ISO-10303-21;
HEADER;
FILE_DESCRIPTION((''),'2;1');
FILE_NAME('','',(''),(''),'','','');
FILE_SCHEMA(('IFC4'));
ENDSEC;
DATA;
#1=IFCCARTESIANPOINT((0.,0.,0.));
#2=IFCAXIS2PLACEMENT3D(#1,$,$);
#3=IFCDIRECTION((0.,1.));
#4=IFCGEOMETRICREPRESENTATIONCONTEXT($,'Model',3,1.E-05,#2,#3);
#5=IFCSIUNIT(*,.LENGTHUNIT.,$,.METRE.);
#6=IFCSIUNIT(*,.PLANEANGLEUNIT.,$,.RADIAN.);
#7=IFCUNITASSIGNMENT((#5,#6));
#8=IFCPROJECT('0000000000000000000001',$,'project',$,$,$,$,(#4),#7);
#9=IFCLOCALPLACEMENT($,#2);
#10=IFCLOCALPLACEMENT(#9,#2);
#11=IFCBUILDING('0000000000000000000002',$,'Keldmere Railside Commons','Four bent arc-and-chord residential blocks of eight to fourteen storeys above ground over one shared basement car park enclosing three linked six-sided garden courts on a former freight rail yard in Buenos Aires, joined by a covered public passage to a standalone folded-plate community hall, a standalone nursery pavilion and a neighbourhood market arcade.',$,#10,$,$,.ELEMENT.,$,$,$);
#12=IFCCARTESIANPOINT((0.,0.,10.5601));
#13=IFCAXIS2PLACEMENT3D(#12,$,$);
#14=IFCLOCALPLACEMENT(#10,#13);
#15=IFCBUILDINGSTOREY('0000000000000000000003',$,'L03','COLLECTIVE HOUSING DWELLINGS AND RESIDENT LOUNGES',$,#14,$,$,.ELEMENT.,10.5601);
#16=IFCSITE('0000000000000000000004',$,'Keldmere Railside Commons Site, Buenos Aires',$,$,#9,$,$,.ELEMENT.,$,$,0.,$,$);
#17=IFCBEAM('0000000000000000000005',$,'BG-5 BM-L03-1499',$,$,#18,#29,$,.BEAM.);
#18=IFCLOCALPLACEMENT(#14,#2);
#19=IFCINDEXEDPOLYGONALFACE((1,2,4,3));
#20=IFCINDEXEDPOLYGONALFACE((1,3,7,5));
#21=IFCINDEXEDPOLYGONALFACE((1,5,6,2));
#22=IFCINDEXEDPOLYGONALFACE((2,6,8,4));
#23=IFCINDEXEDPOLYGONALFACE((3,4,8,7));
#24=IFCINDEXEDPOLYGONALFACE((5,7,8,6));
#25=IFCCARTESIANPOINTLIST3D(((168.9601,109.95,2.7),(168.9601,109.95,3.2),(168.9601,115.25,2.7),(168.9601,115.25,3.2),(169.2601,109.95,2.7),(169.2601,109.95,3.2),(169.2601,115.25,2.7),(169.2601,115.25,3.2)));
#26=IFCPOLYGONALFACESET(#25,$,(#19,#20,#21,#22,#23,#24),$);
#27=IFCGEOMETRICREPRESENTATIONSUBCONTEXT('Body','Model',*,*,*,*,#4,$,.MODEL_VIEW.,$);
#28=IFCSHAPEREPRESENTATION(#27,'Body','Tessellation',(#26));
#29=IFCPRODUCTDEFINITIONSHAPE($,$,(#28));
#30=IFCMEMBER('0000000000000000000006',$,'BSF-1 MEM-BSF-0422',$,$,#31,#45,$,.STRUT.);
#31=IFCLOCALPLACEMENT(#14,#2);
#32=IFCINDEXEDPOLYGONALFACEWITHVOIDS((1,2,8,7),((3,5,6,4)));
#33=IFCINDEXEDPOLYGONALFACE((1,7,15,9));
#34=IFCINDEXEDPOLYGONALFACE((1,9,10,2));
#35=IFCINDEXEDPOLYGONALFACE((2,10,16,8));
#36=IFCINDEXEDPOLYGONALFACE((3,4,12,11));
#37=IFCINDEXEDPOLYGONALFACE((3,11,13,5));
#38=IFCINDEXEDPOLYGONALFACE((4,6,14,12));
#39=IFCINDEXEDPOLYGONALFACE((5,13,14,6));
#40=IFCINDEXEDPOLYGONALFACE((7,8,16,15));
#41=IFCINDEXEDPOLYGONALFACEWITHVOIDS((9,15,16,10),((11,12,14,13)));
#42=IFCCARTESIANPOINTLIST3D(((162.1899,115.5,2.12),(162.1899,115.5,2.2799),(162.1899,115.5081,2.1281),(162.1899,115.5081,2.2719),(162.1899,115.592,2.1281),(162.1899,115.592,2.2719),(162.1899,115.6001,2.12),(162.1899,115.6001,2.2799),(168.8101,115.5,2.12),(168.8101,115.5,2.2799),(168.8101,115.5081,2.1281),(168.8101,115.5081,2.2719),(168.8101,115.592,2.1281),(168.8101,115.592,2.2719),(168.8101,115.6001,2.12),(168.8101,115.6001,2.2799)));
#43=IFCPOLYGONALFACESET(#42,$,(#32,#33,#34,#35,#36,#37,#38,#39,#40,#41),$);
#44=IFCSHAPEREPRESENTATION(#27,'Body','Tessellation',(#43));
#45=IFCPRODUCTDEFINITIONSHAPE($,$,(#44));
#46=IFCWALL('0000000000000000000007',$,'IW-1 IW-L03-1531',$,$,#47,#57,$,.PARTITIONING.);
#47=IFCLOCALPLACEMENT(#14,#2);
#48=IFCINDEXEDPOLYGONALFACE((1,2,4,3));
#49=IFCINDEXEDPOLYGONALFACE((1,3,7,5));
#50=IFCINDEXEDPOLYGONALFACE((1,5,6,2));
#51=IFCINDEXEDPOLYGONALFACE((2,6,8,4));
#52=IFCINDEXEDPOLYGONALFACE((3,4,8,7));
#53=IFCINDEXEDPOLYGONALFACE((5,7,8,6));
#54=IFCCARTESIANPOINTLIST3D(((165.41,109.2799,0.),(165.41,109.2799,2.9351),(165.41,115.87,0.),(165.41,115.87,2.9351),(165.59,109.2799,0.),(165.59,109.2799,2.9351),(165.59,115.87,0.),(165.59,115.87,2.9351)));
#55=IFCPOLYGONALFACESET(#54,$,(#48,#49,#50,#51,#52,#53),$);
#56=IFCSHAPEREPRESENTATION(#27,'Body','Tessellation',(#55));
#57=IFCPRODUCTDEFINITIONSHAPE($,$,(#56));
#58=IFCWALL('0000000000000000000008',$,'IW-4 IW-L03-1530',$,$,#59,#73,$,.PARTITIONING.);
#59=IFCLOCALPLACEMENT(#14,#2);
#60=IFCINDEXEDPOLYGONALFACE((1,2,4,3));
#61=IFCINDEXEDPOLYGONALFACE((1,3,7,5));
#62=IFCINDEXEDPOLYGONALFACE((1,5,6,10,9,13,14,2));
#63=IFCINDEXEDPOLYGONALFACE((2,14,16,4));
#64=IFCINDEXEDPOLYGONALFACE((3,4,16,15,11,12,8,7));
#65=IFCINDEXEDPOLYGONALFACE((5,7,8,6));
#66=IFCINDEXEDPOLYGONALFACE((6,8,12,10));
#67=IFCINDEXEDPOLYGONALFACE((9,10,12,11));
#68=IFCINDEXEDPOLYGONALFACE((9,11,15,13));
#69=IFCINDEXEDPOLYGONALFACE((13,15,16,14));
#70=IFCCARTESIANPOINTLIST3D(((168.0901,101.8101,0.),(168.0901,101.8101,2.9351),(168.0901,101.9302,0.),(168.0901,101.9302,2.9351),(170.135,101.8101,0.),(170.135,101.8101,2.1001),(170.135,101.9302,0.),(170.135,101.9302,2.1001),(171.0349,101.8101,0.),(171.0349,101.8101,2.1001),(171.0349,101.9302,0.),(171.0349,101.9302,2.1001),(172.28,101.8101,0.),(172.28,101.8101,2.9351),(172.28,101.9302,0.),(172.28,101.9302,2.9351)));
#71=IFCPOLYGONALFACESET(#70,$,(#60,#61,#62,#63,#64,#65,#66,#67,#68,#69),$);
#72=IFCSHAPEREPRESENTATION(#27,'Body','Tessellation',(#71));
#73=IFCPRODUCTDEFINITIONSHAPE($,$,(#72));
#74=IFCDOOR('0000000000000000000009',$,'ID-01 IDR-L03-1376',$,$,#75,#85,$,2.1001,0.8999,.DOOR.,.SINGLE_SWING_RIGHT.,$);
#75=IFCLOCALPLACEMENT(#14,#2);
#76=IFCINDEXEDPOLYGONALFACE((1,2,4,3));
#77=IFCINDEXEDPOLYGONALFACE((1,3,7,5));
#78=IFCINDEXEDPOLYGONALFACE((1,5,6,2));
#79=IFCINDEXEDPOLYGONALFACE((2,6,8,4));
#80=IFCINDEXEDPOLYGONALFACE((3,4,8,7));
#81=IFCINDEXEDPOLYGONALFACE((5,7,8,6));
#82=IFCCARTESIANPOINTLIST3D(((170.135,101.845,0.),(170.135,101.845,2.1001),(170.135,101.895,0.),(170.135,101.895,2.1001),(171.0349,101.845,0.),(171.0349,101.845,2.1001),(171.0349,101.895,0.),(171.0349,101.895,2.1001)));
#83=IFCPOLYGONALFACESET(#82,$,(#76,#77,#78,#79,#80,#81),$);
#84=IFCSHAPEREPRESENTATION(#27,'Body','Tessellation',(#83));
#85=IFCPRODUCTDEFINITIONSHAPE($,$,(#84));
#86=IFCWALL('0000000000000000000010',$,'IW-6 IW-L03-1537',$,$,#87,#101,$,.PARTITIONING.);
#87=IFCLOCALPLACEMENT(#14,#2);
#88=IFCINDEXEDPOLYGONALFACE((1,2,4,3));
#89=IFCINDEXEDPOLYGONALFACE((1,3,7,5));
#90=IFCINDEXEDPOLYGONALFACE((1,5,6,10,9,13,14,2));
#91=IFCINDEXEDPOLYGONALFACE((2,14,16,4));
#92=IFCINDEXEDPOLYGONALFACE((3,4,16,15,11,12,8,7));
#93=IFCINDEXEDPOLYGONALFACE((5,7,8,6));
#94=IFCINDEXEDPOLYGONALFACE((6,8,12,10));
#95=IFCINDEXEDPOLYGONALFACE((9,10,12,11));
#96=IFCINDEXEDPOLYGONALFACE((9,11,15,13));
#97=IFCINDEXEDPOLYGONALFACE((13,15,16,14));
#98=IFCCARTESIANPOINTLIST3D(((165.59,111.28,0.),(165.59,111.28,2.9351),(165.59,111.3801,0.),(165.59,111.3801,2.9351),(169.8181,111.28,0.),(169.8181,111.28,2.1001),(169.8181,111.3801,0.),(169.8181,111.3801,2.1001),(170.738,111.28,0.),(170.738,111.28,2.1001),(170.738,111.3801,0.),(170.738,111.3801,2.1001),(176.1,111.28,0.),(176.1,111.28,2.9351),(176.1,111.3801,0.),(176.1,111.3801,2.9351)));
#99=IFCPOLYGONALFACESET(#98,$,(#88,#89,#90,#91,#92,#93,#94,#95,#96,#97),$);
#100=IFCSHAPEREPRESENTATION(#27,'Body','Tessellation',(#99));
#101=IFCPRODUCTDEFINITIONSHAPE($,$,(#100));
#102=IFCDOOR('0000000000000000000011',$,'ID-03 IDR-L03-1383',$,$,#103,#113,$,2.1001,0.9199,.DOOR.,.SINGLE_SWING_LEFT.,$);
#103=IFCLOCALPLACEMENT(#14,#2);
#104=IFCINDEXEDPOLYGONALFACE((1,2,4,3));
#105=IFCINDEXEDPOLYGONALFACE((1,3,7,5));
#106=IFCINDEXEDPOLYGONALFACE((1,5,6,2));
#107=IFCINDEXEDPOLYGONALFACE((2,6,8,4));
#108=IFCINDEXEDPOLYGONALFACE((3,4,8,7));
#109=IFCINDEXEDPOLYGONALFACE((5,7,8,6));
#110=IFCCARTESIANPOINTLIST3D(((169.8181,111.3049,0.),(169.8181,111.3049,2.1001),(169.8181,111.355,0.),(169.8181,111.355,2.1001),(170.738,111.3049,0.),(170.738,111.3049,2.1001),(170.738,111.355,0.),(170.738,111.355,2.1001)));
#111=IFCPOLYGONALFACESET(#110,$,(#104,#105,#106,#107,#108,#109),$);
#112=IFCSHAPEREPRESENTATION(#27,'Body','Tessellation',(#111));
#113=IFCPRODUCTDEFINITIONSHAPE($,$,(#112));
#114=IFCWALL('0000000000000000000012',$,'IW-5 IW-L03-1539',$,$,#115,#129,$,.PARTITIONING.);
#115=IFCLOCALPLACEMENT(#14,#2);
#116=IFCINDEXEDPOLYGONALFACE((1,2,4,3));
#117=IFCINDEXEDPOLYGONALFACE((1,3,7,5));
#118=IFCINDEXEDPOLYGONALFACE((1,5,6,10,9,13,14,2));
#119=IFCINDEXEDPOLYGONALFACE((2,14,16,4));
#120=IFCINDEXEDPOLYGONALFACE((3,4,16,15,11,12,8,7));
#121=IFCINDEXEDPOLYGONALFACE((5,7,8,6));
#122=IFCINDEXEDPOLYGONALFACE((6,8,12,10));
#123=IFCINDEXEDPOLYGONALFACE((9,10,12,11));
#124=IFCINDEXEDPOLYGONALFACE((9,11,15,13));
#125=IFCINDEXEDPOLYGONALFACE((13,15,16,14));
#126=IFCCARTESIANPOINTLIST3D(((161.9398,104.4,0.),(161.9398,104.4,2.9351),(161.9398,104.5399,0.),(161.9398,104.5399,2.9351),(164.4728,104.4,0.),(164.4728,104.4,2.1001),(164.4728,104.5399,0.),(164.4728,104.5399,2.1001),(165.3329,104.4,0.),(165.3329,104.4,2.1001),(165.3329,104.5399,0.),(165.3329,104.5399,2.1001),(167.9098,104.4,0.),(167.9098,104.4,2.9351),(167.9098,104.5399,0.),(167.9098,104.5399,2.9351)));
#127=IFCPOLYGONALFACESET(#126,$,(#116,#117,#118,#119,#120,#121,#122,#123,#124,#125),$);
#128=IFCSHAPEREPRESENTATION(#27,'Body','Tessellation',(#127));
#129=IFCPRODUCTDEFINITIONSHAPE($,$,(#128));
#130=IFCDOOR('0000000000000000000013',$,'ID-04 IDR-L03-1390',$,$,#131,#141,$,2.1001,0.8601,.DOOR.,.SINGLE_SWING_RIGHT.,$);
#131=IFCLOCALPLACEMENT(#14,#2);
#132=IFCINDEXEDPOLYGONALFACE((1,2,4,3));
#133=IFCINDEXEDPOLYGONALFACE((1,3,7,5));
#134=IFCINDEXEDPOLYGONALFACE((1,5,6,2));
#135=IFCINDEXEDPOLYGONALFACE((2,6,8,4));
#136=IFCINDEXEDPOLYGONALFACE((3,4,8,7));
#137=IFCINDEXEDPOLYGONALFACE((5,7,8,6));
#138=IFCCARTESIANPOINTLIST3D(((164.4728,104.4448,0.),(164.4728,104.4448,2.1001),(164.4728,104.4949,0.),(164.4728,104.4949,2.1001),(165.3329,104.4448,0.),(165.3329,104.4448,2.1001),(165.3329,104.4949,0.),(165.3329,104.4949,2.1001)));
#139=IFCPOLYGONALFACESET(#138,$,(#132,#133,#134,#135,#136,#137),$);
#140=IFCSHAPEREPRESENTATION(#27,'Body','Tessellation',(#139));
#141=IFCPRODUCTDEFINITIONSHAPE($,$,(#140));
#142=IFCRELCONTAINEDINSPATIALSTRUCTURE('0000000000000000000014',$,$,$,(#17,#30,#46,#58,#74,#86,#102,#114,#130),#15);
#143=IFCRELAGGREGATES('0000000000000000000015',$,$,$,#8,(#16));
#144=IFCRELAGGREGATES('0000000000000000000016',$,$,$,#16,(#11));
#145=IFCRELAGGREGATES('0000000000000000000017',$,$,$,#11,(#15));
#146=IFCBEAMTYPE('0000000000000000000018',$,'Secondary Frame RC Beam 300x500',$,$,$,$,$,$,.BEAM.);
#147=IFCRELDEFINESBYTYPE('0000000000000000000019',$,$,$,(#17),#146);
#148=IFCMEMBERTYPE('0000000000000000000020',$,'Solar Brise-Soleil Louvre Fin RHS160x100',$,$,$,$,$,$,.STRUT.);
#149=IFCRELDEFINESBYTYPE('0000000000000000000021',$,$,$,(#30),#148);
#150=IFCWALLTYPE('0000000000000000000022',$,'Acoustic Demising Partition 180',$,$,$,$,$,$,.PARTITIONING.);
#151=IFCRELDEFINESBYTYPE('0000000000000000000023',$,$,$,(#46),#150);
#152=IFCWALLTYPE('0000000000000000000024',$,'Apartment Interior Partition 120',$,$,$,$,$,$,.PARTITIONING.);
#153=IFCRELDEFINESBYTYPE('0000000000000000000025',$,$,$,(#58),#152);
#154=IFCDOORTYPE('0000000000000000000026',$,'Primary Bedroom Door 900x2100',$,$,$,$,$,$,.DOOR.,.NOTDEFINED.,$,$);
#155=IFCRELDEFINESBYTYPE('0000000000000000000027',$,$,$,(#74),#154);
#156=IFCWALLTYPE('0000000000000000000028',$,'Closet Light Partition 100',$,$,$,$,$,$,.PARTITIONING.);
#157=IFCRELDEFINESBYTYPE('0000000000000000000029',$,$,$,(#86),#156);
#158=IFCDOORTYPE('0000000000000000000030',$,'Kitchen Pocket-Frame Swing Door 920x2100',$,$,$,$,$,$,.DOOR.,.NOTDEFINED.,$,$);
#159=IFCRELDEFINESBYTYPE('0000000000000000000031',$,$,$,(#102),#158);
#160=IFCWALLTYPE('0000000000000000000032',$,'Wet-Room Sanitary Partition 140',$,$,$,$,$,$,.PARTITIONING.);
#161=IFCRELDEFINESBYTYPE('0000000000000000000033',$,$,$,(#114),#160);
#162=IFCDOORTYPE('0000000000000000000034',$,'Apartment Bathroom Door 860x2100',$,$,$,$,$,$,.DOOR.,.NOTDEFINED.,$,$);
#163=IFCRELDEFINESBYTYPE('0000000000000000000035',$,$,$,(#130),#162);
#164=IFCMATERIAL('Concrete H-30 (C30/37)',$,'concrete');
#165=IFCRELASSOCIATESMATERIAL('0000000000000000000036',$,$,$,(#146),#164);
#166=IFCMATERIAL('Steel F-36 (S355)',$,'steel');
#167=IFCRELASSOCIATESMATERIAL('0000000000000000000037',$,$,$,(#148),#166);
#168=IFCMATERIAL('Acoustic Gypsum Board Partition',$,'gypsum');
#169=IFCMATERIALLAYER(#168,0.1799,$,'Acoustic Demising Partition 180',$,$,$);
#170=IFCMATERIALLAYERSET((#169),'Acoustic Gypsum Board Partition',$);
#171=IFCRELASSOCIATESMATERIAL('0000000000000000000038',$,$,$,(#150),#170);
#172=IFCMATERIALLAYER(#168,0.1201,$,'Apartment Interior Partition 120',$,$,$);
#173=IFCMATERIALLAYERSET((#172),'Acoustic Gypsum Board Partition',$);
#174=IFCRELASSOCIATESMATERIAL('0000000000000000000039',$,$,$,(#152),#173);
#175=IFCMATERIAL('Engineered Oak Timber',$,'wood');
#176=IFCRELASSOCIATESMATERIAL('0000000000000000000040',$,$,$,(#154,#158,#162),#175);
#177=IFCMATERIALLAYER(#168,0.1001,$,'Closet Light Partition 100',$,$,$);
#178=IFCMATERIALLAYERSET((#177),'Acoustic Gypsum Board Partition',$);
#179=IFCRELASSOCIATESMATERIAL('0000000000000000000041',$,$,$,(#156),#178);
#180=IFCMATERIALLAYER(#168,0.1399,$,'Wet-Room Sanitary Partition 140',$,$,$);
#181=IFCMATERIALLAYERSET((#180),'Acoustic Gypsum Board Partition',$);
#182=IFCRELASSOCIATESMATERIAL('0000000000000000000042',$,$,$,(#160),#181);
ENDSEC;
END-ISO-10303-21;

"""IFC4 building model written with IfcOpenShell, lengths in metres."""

from ifc_helpers import new_model, si_unit, direction, frame, frame_2d, origin, origin_2d, place, context, subcontext, project, spatial, rectangle, hollow_rectangle, extrude, material, layer, layer_set, material_profile, profile_set, type_object, element, fill, save


model = new_model("IFC4")

# Units and contexts
model_context = context("Model", 3, precision=1e-05, world=origin(), true_north=direction((0.0, 1.0)))
body_context = subcontext(model_context, "Body", "Model", "MODEL_VIEW")
ifc_project = project(units=[si_unit("LENGTHUNIT", "METRE"), si_unit("PLANEANGLEUNIT", "RADIAN")], contexts=[model_context])

# Site, building, storey
site_placement = place(None, origin())
site = spatial("IfcSite", under=ifc_project, at=site_placement, Name="Keldmere Railside Commons Site, Buenos Aires", CompositionType="ELEMENT", RefElevation=0.0)
building_placement = place(site_placement, origin())
building = spatial("IfcBuilding", under=site, at=building_placement, Name="Keldmere Railside Commons", Description="Four bent arc-and-chord residential blocks of eight to fourteen storeys above ground over one shared basement car park enclosing three linked six-sided garden courts on a former freight rail yard in Buenos Aires, joined by a covered public passage to a standalone folded-plate community hall, a standalone nursery pavilion and a neighbourhood market arcade.", CompositionType="ELEMENT")
storey_placement = place(building_placement, frame((0.0, 0.0, 10.5601)))
storey = spatial("IfcBuildingStorey", under=building, at=storey_placement, Name="L03", Description="COLLECTIVE HOUSING DWELLINGS AND RESIDENT LOUNGES", CompositionType="ELEMENT", Elevation=10.5601)

# Shared definitions
ifc_material_1 = material(Name="Steel F-36 (S355)", Category="steel")

# Beam
ifc_material_2 = material(Name="Concrete H-30 (C30/37)", Category="concrete")
ifc_material_profile_1 = material_profile(ifc_material_2, rectangle(XDim=0.3, YDim=0.5, at=origin_2d()), Name="RC-300x500")
ifc_profile_set_1 = profile_set([ifc_material_profile_1], Name="Concrete H-30 (C30/37)")
beam_type_1 = type_object("IfcBeamType", Name="Secondary Frame RC Beam 300x500", PredefinedType="BEAM", material=ifc_profile_set_1)
beam_1_placement = place(storey_placement, frame((169.1101, 109.95, 2.95), z_axis=(0.0, 1.0, 0.0), x_axis=(-1.0, 0.0, 0.0)))
element("IfcBeam", 1, at=beam_1_placement, inside=storey, type_object=beam_type_1, Name="BG-5 BM-L03-1499", PredefinedType="BEAM", context=body_context, shape_type="SweptSolid", body=[
    extrude(rectangle(XDim=0.3, YDim=0.5, at=origin_2d()), origin(), (0.0, 0.0, 1.0), 5.3),
])

# Member
ifc_material_profile_2 = material_profile(ifc_material_1, hollow_rectangle(XDim=0.1001, YDim=0.1599, WallThickness=0.0081, at=origin_2d()), Name="RHS-160x100x8")
ifc_profile_set_2 = profile_set([ifc_material_profile_2], Name="Steel F-36 (S355)")
member_type_1 = type_object("IfcMemberType", Name="Solar Brise-Soleil Louvre Fin RHS160x100", PredefinedType="STRUT", material=ifc_profile_set_2)
member_placement = place(storey_placement, frame((162.1899, 115.55, 2.2), z_axis=(1.0, 0.0, 0.0), x_axis=(0.0, 1.0, 0.0)))
element("IfcMember", 2, at=member_placement, inside=storey, type_object=member_type_1, Name="BSF-1 MEM-BSF-0422", PredefinedType="STRUT", context=body_context, shape_type="SweptSolid", body=[
    extrude(hollow_rectangle(XDim=0.1001, YDim=0.1599, WallThickness=0.0081, at=origin_2d()), origin(), (0.0, 0.0, 1.0), 6.6201),
])

# Wall
ifc_material_3 = material(Name="Acoustic Gypsum Board Partition", Category="gypsum")
ifc_layer_1 = layer(ifc_material_3, 0.1799, Name="Acoustic Demising Partition 180")
ifc_layer_set_1 = layer_set([ifc_layer_1], Name="Acoustic Gypsum Board Partition")
wall_type_1 = type_object("IfcWallType", Name="Acoustic Demising Partition 180", PredefinedType="PARTITIONING", material=ifc_layer_set_1)
wall_1_placement = place(storey_placement, frame((165.5, 109.28, 0.0), z_axis=(0.0, 0.0, 1.0), x_axis=(0.0, 1.0, 0.0)))
element("IfcWall", 3, at=wall_1_placement, inside=storey, type_object=wall_type_1, Name="IW-1 IW-L03-1531", PredefinedType="PARTITIONING", context=body_context, shape_type="SweptSolid", body=[
    extrude(rectangle(XDim=6.5901, YDim=0.1799, at=frame_2d((3.2949, 0.0))), origin(), (0.0, 0.0, 1.0), 2.9351),
])

# Walls, openings, doors
ifc_layer_2 = layer(ifc_material_3, 0.1201, Name="Apartment Interior Partition 120")
ifc_layer_set_2 = layer_set([ifc_layer_2], Name="Acoustic Gypsum Board Partition")
wall_type_2 = type_object("IfcWallType", Name="Apartment Interior Partition 120", PredefinedType="PARTITIONING", material=ifc_layer_set_2)
wall_2_placement = place(storey_placement, frame((168.0901, 101.8701, 0.0), z_axis=(0.0, 0.0, 1.0), x_axis=(1.0, 0.0, 0.0)))
wall_2 = element("IfcWall", 4, at=wall_2_placement, inside=storey, type_object=wall_type_2, Name="IW-4 IW-L03-1530", PredefinedType="PARTITIONING", context=body_context, shape_type="SweptSolid", body=[
    extrude(rectangle(XDim=4.1899, YDim=0.1201, at=frame_2d((2.095, 0.0))), origin(), (0.0, 0.0, 1.0), 2.9351),
])
opening_1_placement = place(wall_2_placement, frame((2.0449, 0.0, 0.0)))
opening_1 = element("IfcOpeningElement", 5, at=opening_1_placement, cuts=wall_2, PredefinedType="OPENING", context=body_context, shape_type="SweptSolid", body=[
    extrude(rectangle(XDim=0.8999, YDim=2.1001, at=frame_2d((0.45, 1.05))), frame((0.0, 0.0701, 0.0), z_axis=(0.0, -1.0, 0.0), x_axis=(1.0, 0.0, 0.0)), (0.0, 0.0, 1.0), 0.1401),
])
ifc_material_4 = material(Name="Engineered Oak Timber", Category="wood")
door_type_1 = type_object("IfcDoorType", Name="Primary Bedroom Door 900x2100", OperationType="NOTDEFINED", PredefinedType="DOOR", material=ifc_material_4)
door_1_placement = place(opening_1_placement, origin())
door_1 = element("IfcDoor", 6, at=door_1_placement, inside=storey, type_object=door_type_1, Name="ID-01 IDR-L03-1376", OperationType="SINGLE_SWING_RIGHT", OverallHeight=2.1001, OverallWidth=0.8999, PredefinedType="DOOR", context=body_context, shape_type="SweptSolid", body=[
    extrude(rectangle(XDim=0.8999, YDim=2.1001, at=frame_2d((0.45, 1.05))), frame((0.0, 0.0249, 0.0), z_axis=(0.0, -1.0, 0.0), x_axis=(1.0, 0.0, 0.0)), (0.0, 0.0, 1.0), 0.05),
])
fill(opening_1, door_1)
ifc_layer_3 = layer(ifc_material_3, 0.1001, Name="Closet Light Partition 100")
ifc_layer_set_3 = layer_set([ifc_layer_3], Name="Acoustic Gypsum Board Partition")
wall_type_3 = type_object("IfcWallType", Name="Closet Light Partition 100", PredefinedType="PARTITIONING", material=ifc_layer_set_3)
wall_3_placement = place(storey_placement, frame((165.5901, 111.3301, 0.0), z_axis=(0.0, 0.0, 1.0), x_axis=(1.0, 0.0, 0.0)))
wall_3 = element("IfcWall", 7, at=wall_3_placement, inside=storey, type_object=wall_type_3, Name="IW-6 IW-L03-1537", PredefinedType="PARTITIONING", context=body_context, shape_type="SweptSolid", body=[
    extrude(rectangle(XDim=10.51, YDim=0.1001, at=frame_2d((5.2549, 0.0))), origin(), (0.0, 0.0, 1.0), 2.9351),
])
opening_2_placement = place(wall_3_placement, frame((4.228, 0.0, 0.0)))
opening_2 = element("IfcOpeningElement", 8, at=opening_2_placement, cuts=wall_3, PredefinedType="OPENING", context=body_context, shape_type="SweptSolid", body=[
    extrude(rectangle(XDim=0.9199, YDim=2.1001, at=frame_2d((0.46, 1.05))), frame((0.0, 0.0601, 0.0), z_axis=(0.0, -1.0, 0.0), x_axis=(1.0, 0.0, 0.0)), (0.0, 0.0, 1.0), 0.1201),
])
door_type_2 = type_object("IfcDoorType", Name="Kitchen Pocket-Frame Swing Door 920x2100", OperationType="NOTDEFINED", PredefinedType="DOOR", material=ifc_material_4)
door_2_placement = place(opening_2_placement, origin())
door_2 = element("IfcDoor", 9, at=door_2_placement, inside=storey, type_object=door_type_2, Name="ID-03 IDR-L03-1383", OperationType="SINGLE_SWING_LEFT", OverallHeight=2.1001, OverallWidth=0.9199, PredefinedType="DOOR", context=body_context, shape_type="SweptSolid", body=[
    extrude(rectangle(XDim=0.9199, YDim=2.1001, at=frame_2d((0.46, 1.05))), frame((0.0, 0.0249, 0.0), z_axis=(0.0, -1.0, 0.0), x_axis=(1.0, 0.0, 0.0)), (0.0, 0.0, 1.0), 0.05),
])
fill(opening_2, door_2)
ifc_layer_4 = layer(ifc_material_3, 0.1399, Name="Wet-Room Sanitary Partition 140")
ifc_layer_set_4 = layer_set([ifc_layer_4], Name="Acoustic Gypsum Board Partition")
wall_type_4 = type_object("IfcWallType", Name="Wet-Room Sanitary Partition 140", PredefinedType="PARTITIONING", material=ifc_layer_set_4)
wall_4_placement = place(storey_placement, frame((161.9399, 104.47, 0.0), z_axis=(0.0, 0.0, 1.0), x_axis=(1.0, 0.0, 0.0)))
wall_4 = element("IfcWall", 10, at=wall_4_placement, inside=storey, type_object=wall_type_4, Name="IW-5 IW-L03-1539", PredefinedType="PARTITIONING", context=body_context, shape_type="SweptSolid", body=[
    extrude(rectangle(XDim=5.97, YDim=0.1399, at=frame_2d((2.9849, 0.0))), origin(), (0.0, 0.0, 1.0), 2.9351),
])
opening_3_placement = place(wall_4_placement, frame((2.5327, 0.0, 0.0)))
opening_3 = element("IfcOpeningElement", 11, at=opening_3_placement, cuts=wall_4, PredefinedType="OPENING", context=body_context, shape_type="SweptSolid", body=[
    extrude(rectangle(XDim=0.8601, YDim=2.1001, at=frame_2d((0.4302, 1.05))), frame((0.0, 0.0798, 0.0), z_axis=(0.0, -1.0, 0.0), x_axis=(1.0, 0.0, 0.0)), (0.0, 0.0, 1.0), 0.1599),
])
door_type_3 = type_object("IfcDoorType", Name="Apartment Bathroom Door 860x2100", OperationType="NOTDEFINED", PredefinedType="DOOR", material=ifc_material_4)
door_3_placement = place(opening_3_placement, origin())
door_3 = element("IfcDoor", 12, at=door_3_placement, inside=storey, type_object=door_type_3, Name="ID-04 IDR-L03-1390", OperationType="SINGLE_SWING_RIGHT", OverallHeight=2.1001, OverallWidth=0.8601, PredefinedType="DOOR", context=body_context, shape_type="SweptSolid", body=[
    extrude(rectangle(XDim=0.8601, YDim=2.1001, at=frame_2d((0.4302, 1.05))), frame((0.0, 0.0249, 0.0), z_axis=(0.0, -1.0, 0.0), x_axis=(1.0, 0.0, 0.0)), (0.0, 0.0, 1.0), 0.05),
])
fill(opening_3, door_3)

save(model, "model.ifc")
